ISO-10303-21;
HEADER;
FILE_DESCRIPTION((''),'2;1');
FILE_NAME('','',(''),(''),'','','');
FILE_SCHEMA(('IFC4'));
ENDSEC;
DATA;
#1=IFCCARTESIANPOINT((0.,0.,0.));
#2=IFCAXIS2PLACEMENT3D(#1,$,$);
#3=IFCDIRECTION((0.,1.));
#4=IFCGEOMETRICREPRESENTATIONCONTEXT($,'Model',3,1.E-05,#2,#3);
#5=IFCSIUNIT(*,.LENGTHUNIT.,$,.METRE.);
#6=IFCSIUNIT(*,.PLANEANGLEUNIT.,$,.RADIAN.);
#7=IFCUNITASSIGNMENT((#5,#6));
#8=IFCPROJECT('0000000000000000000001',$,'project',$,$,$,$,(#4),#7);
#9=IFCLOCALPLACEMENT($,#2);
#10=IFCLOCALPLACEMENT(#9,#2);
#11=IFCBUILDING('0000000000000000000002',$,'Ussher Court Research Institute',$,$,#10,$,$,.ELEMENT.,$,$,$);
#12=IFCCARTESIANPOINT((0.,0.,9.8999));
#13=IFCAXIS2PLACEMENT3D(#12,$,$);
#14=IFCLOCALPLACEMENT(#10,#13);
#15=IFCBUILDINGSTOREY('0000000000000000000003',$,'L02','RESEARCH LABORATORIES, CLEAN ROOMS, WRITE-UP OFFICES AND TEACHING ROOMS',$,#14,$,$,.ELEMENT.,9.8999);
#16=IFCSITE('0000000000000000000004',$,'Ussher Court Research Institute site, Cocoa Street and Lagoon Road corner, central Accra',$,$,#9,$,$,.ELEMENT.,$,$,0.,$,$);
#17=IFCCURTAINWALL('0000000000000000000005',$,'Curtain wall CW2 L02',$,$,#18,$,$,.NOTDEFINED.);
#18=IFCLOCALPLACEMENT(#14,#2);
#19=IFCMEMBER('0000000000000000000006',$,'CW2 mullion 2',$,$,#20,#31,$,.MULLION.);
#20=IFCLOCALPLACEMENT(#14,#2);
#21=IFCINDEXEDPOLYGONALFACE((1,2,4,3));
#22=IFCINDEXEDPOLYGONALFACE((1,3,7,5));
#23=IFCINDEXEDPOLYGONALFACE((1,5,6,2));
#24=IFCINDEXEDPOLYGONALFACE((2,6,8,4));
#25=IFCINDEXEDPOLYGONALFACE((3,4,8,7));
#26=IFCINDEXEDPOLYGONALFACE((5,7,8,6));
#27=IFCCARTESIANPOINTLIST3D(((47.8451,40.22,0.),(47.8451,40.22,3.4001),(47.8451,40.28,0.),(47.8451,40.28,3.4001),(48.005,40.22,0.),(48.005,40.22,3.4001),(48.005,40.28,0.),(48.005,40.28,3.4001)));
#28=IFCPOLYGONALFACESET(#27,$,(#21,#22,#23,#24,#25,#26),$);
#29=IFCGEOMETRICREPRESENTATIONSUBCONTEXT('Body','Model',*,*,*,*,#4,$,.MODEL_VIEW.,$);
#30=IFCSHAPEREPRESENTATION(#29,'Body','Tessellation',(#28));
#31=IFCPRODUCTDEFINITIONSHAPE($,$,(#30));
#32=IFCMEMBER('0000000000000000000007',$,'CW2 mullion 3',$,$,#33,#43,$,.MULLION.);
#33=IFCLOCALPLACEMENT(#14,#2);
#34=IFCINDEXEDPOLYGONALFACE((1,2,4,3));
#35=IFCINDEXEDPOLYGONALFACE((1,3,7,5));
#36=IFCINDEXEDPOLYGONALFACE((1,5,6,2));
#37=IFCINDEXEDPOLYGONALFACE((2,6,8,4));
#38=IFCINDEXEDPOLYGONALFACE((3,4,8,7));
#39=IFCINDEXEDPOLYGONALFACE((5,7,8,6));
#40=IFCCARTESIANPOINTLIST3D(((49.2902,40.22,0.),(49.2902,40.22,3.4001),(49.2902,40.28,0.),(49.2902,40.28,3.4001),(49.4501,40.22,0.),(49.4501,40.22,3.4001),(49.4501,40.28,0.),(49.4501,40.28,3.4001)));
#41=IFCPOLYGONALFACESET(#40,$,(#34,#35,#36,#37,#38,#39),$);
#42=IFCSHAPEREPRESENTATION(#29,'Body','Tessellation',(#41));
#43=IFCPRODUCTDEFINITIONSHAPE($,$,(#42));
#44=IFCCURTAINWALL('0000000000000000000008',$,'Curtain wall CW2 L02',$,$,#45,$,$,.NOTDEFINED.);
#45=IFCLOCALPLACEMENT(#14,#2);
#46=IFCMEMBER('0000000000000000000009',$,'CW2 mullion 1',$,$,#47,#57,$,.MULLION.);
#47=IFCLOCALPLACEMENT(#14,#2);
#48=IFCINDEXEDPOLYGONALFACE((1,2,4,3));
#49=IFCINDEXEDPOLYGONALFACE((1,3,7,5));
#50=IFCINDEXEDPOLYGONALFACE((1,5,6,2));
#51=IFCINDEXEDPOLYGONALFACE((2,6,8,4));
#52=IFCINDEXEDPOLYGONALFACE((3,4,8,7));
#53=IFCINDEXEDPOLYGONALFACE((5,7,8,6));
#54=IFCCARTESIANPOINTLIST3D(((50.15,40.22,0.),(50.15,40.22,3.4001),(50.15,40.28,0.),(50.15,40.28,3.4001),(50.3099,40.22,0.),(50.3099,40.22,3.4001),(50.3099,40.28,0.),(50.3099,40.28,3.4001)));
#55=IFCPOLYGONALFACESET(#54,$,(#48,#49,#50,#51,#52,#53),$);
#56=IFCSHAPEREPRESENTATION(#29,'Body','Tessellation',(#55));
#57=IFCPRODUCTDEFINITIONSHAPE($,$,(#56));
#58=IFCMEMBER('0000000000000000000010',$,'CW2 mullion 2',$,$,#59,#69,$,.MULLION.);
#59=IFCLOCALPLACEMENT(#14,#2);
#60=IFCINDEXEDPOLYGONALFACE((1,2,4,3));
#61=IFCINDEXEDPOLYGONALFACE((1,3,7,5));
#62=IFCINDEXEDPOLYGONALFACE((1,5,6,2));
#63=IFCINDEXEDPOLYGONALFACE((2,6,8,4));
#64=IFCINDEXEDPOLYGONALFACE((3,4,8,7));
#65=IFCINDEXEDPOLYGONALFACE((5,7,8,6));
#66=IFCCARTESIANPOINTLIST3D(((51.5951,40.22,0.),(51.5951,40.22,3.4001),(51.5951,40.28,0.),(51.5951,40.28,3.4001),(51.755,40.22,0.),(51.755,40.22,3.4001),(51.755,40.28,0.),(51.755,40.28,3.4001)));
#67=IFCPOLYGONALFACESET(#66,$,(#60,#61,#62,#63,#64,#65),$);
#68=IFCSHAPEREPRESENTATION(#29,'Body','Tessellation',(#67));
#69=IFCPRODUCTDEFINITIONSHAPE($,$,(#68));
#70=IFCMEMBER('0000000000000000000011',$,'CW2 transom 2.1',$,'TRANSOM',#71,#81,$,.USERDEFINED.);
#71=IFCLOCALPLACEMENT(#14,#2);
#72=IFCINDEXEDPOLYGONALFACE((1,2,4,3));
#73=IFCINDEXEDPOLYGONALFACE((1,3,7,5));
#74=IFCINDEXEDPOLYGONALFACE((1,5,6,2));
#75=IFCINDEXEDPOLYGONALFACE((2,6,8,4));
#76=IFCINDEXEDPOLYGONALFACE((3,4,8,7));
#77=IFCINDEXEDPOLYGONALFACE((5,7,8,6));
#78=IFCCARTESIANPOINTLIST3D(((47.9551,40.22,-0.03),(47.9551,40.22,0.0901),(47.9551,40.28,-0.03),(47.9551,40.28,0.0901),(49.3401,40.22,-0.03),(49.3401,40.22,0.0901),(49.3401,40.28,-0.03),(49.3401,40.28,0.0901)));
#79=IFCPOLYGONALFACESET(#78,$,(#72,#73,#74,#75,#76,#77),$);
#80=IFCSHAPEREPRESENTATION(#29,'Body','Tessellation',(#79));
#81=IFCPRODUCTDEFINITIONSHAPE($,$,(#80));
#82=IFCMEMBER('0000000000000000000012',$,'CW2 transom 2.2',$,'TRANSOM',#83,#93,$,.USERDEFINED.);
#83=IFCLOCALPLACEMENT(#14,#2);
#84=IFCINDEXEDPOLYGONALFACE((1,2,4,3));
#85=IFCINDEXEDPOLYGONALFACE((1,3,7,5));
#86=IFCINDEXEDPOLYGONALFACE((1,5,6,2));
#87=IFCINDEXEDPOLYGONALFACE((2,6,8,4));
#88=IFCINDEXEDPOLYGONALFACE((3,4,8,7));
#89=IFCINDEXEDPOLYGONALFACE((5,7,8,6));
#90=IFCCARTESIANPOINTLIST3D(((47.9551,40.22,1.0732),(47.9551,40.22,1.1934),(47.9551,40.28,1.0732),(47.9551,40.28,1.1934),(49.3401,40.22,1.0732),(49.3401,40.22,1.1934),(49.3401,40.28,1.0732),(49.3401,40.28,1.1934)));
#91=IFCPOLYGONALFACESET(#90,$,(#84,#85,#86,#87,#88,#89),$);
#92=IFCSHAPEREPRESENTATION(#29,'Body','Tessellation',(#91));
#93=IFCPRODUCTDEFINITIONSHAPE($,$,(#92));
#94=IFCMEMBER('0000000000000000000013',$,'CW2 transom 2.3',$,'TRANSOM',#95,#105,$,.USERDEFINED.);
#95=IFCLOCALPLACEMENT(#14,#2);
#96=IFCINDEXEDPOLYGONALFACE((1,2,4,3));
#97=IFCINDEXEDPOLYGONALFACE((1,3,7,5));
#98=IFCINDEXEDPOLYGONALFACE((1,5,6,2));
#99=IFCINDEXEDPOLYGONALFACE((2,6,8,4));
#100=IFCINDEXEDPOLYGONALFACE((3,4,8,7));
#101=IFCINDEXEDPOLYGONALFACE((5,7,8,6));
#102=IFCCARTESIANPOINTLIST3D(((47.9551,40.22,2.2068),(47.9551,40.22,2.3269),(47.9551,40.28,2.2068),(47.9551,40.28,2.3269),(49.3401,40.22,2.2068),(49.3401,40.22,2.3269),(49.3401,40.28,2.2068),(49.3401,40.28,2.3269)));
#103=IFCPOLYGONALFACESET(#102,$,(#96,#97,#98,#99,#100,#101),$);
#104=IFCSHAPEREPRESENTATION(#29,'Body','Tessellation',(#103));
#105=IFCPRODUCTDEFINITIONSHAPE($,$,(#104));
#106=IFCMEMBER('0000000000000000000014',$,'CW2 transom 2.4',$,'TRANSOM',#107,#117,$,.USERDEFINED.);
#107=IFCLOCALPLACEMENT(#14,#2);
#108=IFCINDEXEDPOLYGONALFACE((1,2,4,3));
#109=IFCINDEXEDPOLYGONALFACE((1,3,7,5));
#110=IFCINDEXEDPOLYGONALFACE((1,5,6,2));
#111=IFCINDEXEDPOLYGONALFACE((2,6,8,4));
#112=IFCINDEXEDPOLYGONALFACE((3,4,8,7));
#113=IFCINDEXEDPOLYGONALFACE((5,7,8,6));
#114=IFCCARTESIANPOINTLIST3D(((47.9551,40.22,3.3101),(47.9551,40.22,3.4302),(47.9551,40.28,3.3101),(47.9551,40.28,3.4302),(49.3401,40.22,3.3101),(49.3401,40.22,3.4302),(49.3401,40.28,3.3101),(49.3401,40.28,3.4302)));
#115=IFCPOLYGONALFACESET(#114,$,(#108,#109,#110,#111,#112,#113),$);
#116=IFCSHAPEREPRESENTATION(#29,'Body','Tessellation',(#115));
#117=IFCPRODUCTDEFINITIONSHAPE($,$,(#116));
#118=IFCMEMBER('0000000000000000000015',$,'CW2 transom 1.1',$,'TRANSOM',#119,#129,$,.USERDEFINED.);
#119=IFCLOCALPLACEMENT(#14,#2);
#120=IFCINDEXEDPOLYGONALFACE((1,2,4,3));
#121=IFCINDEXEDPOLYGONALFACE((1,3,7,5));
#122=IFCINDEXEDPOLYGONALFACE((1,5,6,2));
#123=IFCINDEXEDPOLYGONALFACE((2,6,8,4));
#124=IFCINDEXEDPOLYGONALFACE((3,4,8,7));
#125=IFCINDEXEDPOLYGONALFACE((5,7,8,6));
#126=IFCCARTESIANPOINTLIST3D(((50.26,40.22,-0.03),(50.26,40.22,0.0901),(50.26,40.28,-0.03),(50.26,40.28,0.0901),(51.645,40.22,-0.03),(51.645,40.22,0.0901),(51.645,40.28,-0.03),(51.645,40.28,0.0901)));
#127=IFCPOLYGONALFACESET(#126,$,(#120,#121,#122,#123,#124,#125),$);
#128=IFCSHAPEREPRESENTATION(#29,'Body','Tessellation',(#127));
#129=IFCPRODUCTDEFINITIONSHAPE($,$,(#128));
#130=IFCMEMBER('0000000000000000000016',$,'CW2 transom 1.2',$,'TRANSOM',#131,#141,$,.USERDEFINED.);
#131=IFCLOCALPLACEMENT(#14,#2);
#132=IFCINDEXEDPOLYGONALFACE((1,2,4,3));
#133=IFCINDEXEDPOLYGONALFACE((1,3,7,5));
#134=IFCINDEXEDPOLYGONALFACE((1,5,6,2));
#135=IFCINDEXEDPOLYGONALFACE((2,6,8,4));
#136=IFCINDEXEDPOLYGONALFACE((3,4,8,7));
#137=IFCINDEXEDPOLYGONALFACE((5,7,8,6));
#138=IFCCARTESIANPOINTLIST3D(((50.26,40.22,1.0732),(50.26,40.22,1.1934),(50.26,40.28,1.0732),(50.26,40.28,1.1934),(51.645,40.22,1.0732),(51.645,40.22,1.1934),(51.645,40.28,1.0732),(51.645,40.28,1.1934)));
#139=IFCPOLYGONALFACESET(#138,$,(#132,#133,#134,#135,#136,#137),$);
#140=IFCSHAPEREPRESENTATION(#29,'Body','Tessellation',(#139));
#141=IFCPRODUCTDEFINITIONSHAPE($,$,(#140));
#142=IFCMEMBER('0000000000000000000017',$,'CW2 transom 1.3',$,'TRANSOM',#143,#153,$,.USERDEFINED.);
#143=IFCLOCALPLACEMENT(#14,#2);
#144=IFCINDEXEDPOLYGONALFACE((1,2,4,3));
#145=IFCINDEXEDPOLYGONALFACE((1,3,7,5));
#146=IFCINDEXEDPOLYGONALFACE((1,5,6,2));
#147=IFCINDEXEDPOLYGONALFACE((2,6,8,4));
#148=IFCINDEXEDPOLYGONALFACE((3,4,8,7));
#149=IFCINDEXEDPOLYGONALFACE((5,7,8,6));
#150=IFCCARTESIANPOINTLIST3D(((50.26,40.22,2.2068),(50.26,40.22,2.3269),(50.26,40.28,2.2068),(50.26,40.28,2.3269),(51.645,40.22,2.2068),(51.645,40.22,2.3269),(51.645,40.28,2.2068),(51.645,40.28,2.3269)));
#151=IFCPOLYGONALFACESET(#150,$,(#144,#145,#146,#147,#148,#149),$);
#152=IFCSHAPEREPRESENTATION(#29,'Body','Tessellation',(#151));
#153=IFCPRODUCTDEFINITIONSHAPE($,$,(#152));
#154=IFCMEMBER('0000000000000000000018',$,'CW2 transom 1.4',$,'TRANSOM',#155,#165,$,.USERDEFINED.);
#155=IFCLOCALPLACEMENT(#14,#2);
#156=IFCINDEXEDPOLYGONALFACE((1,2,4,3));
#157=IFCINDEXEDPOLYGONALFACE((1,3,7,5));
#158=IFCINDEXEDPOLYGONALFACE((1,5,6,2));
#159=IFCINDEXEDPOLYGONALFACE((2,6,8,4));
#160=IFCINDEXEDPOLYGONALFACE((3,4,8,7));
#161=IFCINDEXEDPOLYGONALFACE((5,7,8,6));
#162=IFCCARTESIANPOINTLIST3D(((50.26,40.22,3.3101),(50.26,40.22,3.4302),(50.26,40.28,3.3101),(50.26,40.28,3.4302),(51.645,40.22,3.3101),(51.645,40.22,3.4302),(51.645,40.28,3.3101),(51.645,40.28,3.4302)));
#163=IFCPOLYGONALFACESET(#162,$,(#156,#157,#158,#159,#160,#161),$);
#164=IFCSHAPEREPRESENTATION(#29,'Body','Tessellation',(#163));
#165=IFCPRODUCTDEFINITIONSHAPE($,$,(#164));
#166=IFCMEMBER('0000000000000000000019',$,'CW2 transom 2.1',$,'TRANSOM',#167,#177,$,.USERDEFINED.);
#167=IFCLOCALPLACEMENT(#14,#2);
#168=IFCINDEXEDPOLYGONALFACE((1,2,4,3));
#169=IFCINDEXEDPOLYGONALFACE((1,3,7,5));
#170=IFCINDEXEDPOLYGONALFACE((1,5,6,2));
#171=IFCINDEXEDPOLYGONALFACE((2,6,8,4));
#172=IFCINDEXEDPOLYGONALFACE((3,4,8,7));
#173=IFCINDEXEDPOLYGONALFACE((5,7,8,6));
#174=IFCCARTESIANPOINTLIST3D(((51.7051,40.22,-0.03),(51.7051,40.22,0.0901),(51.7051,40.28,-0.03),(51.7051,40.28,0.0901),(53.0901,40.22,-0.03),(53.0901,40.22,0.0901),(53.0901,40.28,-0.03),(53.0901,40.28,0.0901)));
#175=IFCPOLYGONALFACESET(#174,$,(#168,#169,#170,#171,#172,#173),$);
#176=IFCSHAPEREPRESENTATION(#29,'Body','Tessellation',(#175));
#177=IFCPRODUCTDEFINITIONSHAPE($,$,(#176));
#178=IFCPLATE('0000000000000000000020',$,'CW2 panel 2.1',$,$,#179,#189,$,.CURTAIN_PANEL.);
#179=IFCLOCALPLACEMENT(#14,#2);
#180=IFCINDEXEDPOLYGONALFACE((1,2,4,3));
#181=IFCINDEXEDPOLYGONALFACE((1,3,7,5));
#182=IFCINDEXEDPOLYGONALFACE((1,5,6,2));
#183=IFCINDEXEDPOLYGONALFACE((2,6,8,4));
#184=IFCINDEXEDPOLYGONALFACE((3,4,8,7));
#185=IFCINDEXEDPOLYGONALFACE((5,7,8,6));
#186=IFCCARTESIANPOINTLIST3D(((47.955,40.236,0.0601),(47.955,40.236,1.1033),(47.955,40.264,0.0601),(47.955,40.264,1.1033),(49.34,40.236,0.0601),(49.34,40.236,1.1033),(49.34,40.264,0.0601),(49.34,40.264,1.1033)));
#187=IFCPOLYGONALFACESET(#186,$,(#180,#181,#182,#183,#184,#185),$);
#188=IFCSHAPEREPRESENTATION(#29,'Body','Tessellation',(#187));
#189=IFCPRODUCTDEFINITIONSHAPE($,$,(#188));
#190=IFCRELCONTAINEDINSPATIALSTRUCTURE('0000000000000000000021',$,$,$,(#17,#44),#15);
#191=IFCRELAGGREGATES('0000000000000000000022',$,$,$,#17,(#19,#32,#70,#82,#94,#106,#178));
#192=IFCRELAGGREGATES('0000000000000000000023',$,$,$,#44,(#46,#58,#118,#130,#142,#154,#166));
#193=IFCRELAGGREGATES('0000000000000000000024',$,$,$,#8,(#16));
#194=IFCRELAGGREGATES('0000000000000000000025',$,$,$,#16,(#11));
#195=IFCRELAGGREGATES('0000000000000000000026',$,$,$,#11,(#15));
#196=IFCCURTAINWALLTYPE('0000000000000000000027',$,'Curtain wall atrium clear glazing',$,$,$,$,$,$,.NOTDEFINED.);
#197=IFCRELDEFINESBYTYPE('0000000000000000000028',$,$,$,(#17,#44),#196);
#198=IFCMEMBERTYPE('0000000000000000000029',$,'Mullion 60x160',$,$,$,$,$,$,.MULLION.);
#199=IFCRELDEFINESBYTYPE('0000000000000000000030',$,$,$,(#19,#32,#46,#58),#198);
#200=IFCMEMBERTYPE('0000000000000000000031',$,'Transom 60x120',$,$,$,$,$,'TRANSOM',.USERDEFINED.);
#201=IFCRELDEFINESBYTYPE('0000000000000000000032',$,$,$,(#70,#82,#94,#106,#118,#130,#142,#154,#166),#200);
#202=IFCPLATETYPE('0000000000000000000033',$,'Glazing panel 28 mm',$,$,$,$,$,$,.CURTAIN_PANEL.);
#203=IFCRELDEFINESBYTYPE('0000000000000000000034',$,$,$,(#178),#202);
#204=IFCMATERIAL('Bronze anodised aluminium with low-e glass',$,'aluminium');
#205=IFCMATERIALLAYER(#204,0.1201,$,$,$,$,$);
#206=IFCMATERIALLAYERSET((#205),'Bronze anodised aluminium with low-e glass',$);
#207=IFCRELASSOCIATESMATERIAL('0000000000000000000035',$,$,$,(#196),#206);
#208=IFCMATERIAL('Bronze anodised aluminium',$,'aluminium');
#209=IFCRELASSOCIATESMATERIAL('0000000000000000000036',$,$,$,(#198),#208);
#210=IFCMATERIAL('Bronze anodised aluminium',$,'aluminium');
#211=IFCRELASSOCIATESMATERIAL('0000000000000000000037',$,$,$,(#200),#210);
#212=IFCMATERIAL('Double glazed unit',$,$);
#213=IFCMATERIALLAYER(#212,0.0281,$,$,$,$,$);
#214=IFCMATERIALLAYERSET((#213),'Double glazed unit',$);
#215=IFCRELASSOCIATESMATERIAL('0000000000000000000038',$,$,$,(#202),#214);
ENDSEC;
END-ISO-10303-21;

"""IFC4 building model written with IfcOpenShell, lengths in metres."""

from ifc_helpers import new_model, si_unit, direction, frame, origin, origin_2d, place, context, subcontext, project, spatial, rectangle, extrude, material, layer, layer_set, material_profile, profile_set, type_object, element, aggregate, save


model = new_model("IFC4")

# Units and contexts
model_context = context("Model", 3, precision=1e-05, world=origin(), true_north=direction((0.0, 1.0)))
body_context = subcontext(model_context, "Body", "Model", "MODEL_VIEW")
ifc_project = project(units=[si_unit("LENGTHUNIT", "METRE"), si_unit("PLANEANGLEUNIT", "RADIAN")], contexts=[model_context])

# Site, building, storey
site_placement = place(None, origin())
site = spatial("IfcSite", under=ifc_project, at=site_placement, Name="Ussher Court Research Institute site, Cocoa Street and Lagoon Road corner, central Accra", CompositionType="ELEMENT", RefElevation=0.0)
building_placement = place(site_placement, origin())
building = spatial("IfcBuilding", under=site, at=building_placement, Name="Ussher Court Research Institute", CompositionType="ELEMENT")
storey_placement = place(building_placement, frame((0.0, 0.0, 9.8999)))
storey = spatial("IfcBuildingStorey", under=building, at=storey_placement, Name="L02", Description="RESEARCH LABORATORIES, CLEAN ROOMS, WRITE-UP OFFICES AND TEACHING ROOMS", CompositionType="ELEMENT", Elevation=9.8999)

# Curtain walls, members
ifc_material_1 = material(Name="Bronze anodised aluminium with low-e glass", Category="aluminium")
ifc_layer_1 = layer(ifc_material_1, 0.1201)
ifc_layer_set_1 = layer_set([ifc_layer_1], Name="Bronze anodised aluminium with low-e glass")
curtain_wall_type = type_object("IfcCurtainWallType", Name="Curtain wall atrium clear glazing", PredefinedType="NOTDEFINED", material=ifc_layer_set_1)
curtain_wall_1_placement = place(storey_placement, origin())
curtain_wall_1 = element("IfcCurtainWall", 1, at=curtain_wall_1_placement, inside=storey, type_object=curtain_wall_type, Name="Curtain wall CW2 L02", PredefinedType="NOTDEFINED")
ifc_material_2 = material(Name="Bronze anodised aluminium", Category="aluminium")
ifc_material_profile_1 = material_profile(ifc_material_2, rectangle(XDim=0.0601, YDim=0.1599, at=origin_2d()), Name="Mullion 60x160")
ifc_profile_set_1 = profile_set([ifc_material_profile_1], Name="Bronze anodised aluminium")
member_type_1 = type_object("IfcMemberType", Name="Mullion 60x160", PredefinedType="MULLION", material=ifc_profile_set_1)
member_1_placement = place(storey_placement, frame((47.925, 40.25, 0.0), z_axis=(0.0, 0.0, 1.0), x_axis=(0.0, 1.0, 0.0)))
member_1 = element("IfcMember", 2, at=member_1_placement, type_object=member_type_1, Name="CW2 mullion 2", PredefinedType="MULLION", context=body_context, shape_type="SweptSolid", body=[
    extrude(rectangle(XDim=0.0601, YDim=0.1599, at=origin_2d()), origin(), (0.0, 0.0, 1.0), 3.4001),
])
member_2_placement = place(storey_placement, frame((49.3701, 40.25, 0.0), z_axis=(0.0, 0.0, 1.0), x_axis=(0.0, 1.0, 0.0)))
member_2 = element("IfcMember", 3, at=member_2_placement, type_object=member_type_1, Name="CW2 mullion 3", PredefinedType="MULLION", context=body_context, shape_type="SweptSolid", body=[
    extrude(rectangle(XDim=0.0601, YDim=0.1599, at=origin_2d()), origin(), (0.0, 0.0, 1.0), 3.4001),
])
curtain_wall_2_placement = place(storey_placement, origin())
curtain_wall_2 = element("IfcCurtainWall", 4, at=curtain_wall_2_placement, inside=storey, type_object=curtain_wall_type, Name="Curtain wall CW2 L02", PredefinedType="NOTDEFINED")
member_3_placement = place(storey_placement, frame((50.23, 40.25, 0.0), z_axis=(0.0, 0.0, 1.0), x_axis=(0.0, 1.0, 0.0)))
member_3 = element("IfcMember", 5, at=member_3_placement, type_object=member_type_1, Name="CW2 mullion 1", PredefinedType="MULLION", context=body_context, shape_type="SweptSolid", body=[
    extrude(rectangle(XDim=0.0601, YDim=0.1599, at=origin_2d()), origin(), (0.0, 0.0, 1.0), 3.4001),
])
member_4_placement = place(storey_placement, frame((51.675, 40.25, 0.0), z_axis=(0.0, 0.0, 1.0), x_axis=(0.0, 1.0, 0.0)))
member_4 = element("IfcMember", 6, at=member_4_placement, type_object=member_type_1, Name="CW2 mullion 2", PredefinedType="MULLION", context=body_context, shape_type="SweptSolid", body=[
    extrude(rectangle(XDim=0.0601, YDim=0.1599, at=origin_2d()), origin(), (0.0, 0.0, 1.0), 3.4001),
])

# Members
ifc_material_3 = material(Name="Bronze anodised aluminium", Category="aluminium")
ifc_material_profile_2 = material_profile(ifc_material_3, rectangle(XDim=0.0601, YDim=0.1201, at=origin_2d()), Name="Transom 60x120")
ifc_profile_set_2 = profile_set([ifc_material_profile_2], Name="Bronze anodised aluminium")
member_type_2 = type_object("IfcMemberType", Name="Transom 60x120", ElementType="TRANSOM", PredefinedType="USERDEFINED", material=ifc_profile_set_2)
member_5_placement = place(storey_placement, frame((47.9551, 40.25, 0.03), z_axis=(1.0, 0.0, 0.0), x_axis=(0.0, 1.0, 0.0)))
member_5 = element("IfcMember", 7, at=member_5_placement, type_object=member_type_2, Name="CW2 transom 2.1", ObjectType="TRANSOM", PredefinedType="USERDEFINED", context=body_context, shape_type="SweptSolid", body=[
    extrude(rectangle(XDim=0.0601, YDim=0.1201, at=origin_2d()), origin(), (0.0, 0.0, 1.0), 1.385),
])
member_6_placement = place(storey_placement, frame((47.9551, 40.25, 1.1333), z_axis=(1.0, 0.0, 0.0), x_axis=(0.0, 1.0, 0.0)))
member_6 = element("IfcMember", 8, at=member_6_placement, type_object=member_type_2, Name="CW2 transom 2.2", ObjectType="TRANSOM", PredefinedType="USERDEFINED", context=body_context, shape_type="SweptSolid", body=[
    extrude(rectangle(XDim=0.0601, YDim=0.1201, at=origin_2d()), origin(), (0.0, 0.0, 1.0), 1.385),
])
member_7_placement = place(storey_placement, frame((47.9551, 40.25, 2.2668), z_axis=(1.0, 0.0, 0.0), x_axis=(0.0, 1.0, 0.0)))
member_7 = element("IfcMember", 9, at=member_7_placement, type_object=member_type_2, Name="CW2 transom 2.3", ObjectType="TRANSOM", PredefinedType="USERDEFINED", context=body_context, shape_type="SweptSolid", body=[
    extrude(rectangle(XDim=0.0601, YDim=0.1201, at=origin_2d()), origin(), (0.0, 0.0, 1.0), 1.385),
])
member_8_placement = place(storey_placement, frame((47.9551, 40.25, 3.3701), z_axis=(1.0, 0.0, 0.0), x_axis=(0.0, 1.0, 0.0)))
member_8 = element("IfcMember", 10, at=member_8_placement, type_object=member_type_2, Name="CW2 transom 2.4", ObjectType="TRANSOM", PredefinedType="USERDEFINED", context=body_context, shape_type="SweptSolid", body=[
    extrude(rectangle(XDim=0.0601, YDim=0.1201, at=origin_2d()), origin(), (0.0, 0.0, 1.0), 1.385),
])
member_9_placement = place(storey_placement, frame((50.26, 40.25, 0.03), z_axis=(1.0, 0.0, 0.0), x_axis=(0.0, 1.0, 0.0)))
member_9 = element("IfcMember", 11, at=member_9_placement, type_object=member_type_2, Name="CW2 transom 1.1", ObjectType="TRANSOM", PredefinedType="USERDEFINED", context=body_context, shape_type="SweptSolid", body=[
    extrude(rectangle(XDim=0.0601, YDim=0.1201, at=origin_2d()), origin(), (0.0, 0.0, 1.0), 1.385),
])
member_10_placement = place(storey_placement, frame((50.26, 40.25, 1.1333), z_axis=(1.0, 0.0, 0.0), x_axis=(0.0, 1.0, 0.0)))
member_10 = element("IfcMember", 12, at=member_10_placement, type_object=member_type_2, Name="CW2 transom 1.2", ObjectType="TRANSOM", PredefinedType="USERDEFINED", context=body_context, shape_type="SweptSolid", body=[
    extrude(rectangle(XDim=0.0601, YDim=0.1201, at=origin_2d()), origin(), (0.0, 0.0, 1.0), 1.385),
])
member_11_placement = place(storey_placement, frame((50.26, 40.25, 2.2668), z_axis=(1.0, 0.0, 0.0), x_axis=(0.0, 1.0, 0.0)))
member_11 = element("IfcMember", 13, at=member_11_placement, type_object=member_type_2, Name="CW2 transom 1.3", ObjectType="TRANSOM", PredefinedType="USERDEFINED", context=body_context, shape_type="SweptSolid", body=[
    extrude(rectangle(XDim=0.0601, YDim=0.1201, at=origin_2d()), origin(), (0.0, 0.0, 1.0), 1.385),
])
member_12_placement = place(storey_placement, frame((50.26, 40.25, 3.3701), z_axis=(1.0, 0.0, 0.0), x_axis=(0.0, 1.0, 0.0)))
member_12 = element("IfcMember", 14, at=member_12_placement, type_object=member_type_2, Name="CW2 transom 1.4", ObjectType="TRANSOM", PredefinedType="USERDEFINED", context=body_context, shape_type="SweptSolid", body=[
    extrude(rectangle(XDim=0.0601, YDim=0.1201, at=origin_2d()), origin(), (0.0, 0.0, 1.0), 1.385),
])
member_13_placement = place(storey_placement, frame((51.7051, 40.25, 0.03), z_axis=(1.0, 0.0, 0.0), x_axis=(0.0, 1.0, 0.0)))
member_13 = element("IfcMember", 15, at=member_13_placement, type_object=member_type_2, Name="CW2 transom 2.1", ObjectType="TRANSOM", PredefinedType="USERDEFINED", context=body_context, shape_type="SweptSolid", body=[
    extrude(rectangle(XDim=0.0601, YDim=0.1201, at=origin_2d()), origin(), (0.0, 0.0, 1.0), 1.385),
])

# Plate
ifc_material_4 = material(Name="Double glazed unit")
ifc_layer_2 = layer(ifc_material_4, 0.0281)
ifc_layer_set_2 = layer_set([ifc_layer_2], Name="Double glazed unit")
plate_type = type_object("IfcPlateType", Name="Glazing panel 28 mm", PredefinedType="CURTAIN_PANEL", material=ifc_layer_set_2)
plate_1_placement = place(storey_placement, frame((48.6475, 40.25, 0.0601), z_axis=(0.0, 0.0, 1.0), x_axis=(1.0, 0.0, 0.0)))
plate_1 = element("IfcPlate", 16, at=plate_1_placement, type_object=plate_type, Name="CW2 panel 2.1", PredefinedType="CURTAIN_PANEL", context=body_context, shape_type="SweptSolid", body=[
    extrude(rectangle(XDim=1.385, YDim=0.0281, at=origin_2d()), origin(), (0.0, 0.0, 1.0), 1.0432),
])
aggregate(curtain_wall_1, [member_1, member_2, member_5, member_6, member_7, member_8, plate_1])
aggregate(curtain_wall_2, [member_3, member_4, member_9, member_10, member_11, member_12, member_13])

save(model, "model.ifc")
